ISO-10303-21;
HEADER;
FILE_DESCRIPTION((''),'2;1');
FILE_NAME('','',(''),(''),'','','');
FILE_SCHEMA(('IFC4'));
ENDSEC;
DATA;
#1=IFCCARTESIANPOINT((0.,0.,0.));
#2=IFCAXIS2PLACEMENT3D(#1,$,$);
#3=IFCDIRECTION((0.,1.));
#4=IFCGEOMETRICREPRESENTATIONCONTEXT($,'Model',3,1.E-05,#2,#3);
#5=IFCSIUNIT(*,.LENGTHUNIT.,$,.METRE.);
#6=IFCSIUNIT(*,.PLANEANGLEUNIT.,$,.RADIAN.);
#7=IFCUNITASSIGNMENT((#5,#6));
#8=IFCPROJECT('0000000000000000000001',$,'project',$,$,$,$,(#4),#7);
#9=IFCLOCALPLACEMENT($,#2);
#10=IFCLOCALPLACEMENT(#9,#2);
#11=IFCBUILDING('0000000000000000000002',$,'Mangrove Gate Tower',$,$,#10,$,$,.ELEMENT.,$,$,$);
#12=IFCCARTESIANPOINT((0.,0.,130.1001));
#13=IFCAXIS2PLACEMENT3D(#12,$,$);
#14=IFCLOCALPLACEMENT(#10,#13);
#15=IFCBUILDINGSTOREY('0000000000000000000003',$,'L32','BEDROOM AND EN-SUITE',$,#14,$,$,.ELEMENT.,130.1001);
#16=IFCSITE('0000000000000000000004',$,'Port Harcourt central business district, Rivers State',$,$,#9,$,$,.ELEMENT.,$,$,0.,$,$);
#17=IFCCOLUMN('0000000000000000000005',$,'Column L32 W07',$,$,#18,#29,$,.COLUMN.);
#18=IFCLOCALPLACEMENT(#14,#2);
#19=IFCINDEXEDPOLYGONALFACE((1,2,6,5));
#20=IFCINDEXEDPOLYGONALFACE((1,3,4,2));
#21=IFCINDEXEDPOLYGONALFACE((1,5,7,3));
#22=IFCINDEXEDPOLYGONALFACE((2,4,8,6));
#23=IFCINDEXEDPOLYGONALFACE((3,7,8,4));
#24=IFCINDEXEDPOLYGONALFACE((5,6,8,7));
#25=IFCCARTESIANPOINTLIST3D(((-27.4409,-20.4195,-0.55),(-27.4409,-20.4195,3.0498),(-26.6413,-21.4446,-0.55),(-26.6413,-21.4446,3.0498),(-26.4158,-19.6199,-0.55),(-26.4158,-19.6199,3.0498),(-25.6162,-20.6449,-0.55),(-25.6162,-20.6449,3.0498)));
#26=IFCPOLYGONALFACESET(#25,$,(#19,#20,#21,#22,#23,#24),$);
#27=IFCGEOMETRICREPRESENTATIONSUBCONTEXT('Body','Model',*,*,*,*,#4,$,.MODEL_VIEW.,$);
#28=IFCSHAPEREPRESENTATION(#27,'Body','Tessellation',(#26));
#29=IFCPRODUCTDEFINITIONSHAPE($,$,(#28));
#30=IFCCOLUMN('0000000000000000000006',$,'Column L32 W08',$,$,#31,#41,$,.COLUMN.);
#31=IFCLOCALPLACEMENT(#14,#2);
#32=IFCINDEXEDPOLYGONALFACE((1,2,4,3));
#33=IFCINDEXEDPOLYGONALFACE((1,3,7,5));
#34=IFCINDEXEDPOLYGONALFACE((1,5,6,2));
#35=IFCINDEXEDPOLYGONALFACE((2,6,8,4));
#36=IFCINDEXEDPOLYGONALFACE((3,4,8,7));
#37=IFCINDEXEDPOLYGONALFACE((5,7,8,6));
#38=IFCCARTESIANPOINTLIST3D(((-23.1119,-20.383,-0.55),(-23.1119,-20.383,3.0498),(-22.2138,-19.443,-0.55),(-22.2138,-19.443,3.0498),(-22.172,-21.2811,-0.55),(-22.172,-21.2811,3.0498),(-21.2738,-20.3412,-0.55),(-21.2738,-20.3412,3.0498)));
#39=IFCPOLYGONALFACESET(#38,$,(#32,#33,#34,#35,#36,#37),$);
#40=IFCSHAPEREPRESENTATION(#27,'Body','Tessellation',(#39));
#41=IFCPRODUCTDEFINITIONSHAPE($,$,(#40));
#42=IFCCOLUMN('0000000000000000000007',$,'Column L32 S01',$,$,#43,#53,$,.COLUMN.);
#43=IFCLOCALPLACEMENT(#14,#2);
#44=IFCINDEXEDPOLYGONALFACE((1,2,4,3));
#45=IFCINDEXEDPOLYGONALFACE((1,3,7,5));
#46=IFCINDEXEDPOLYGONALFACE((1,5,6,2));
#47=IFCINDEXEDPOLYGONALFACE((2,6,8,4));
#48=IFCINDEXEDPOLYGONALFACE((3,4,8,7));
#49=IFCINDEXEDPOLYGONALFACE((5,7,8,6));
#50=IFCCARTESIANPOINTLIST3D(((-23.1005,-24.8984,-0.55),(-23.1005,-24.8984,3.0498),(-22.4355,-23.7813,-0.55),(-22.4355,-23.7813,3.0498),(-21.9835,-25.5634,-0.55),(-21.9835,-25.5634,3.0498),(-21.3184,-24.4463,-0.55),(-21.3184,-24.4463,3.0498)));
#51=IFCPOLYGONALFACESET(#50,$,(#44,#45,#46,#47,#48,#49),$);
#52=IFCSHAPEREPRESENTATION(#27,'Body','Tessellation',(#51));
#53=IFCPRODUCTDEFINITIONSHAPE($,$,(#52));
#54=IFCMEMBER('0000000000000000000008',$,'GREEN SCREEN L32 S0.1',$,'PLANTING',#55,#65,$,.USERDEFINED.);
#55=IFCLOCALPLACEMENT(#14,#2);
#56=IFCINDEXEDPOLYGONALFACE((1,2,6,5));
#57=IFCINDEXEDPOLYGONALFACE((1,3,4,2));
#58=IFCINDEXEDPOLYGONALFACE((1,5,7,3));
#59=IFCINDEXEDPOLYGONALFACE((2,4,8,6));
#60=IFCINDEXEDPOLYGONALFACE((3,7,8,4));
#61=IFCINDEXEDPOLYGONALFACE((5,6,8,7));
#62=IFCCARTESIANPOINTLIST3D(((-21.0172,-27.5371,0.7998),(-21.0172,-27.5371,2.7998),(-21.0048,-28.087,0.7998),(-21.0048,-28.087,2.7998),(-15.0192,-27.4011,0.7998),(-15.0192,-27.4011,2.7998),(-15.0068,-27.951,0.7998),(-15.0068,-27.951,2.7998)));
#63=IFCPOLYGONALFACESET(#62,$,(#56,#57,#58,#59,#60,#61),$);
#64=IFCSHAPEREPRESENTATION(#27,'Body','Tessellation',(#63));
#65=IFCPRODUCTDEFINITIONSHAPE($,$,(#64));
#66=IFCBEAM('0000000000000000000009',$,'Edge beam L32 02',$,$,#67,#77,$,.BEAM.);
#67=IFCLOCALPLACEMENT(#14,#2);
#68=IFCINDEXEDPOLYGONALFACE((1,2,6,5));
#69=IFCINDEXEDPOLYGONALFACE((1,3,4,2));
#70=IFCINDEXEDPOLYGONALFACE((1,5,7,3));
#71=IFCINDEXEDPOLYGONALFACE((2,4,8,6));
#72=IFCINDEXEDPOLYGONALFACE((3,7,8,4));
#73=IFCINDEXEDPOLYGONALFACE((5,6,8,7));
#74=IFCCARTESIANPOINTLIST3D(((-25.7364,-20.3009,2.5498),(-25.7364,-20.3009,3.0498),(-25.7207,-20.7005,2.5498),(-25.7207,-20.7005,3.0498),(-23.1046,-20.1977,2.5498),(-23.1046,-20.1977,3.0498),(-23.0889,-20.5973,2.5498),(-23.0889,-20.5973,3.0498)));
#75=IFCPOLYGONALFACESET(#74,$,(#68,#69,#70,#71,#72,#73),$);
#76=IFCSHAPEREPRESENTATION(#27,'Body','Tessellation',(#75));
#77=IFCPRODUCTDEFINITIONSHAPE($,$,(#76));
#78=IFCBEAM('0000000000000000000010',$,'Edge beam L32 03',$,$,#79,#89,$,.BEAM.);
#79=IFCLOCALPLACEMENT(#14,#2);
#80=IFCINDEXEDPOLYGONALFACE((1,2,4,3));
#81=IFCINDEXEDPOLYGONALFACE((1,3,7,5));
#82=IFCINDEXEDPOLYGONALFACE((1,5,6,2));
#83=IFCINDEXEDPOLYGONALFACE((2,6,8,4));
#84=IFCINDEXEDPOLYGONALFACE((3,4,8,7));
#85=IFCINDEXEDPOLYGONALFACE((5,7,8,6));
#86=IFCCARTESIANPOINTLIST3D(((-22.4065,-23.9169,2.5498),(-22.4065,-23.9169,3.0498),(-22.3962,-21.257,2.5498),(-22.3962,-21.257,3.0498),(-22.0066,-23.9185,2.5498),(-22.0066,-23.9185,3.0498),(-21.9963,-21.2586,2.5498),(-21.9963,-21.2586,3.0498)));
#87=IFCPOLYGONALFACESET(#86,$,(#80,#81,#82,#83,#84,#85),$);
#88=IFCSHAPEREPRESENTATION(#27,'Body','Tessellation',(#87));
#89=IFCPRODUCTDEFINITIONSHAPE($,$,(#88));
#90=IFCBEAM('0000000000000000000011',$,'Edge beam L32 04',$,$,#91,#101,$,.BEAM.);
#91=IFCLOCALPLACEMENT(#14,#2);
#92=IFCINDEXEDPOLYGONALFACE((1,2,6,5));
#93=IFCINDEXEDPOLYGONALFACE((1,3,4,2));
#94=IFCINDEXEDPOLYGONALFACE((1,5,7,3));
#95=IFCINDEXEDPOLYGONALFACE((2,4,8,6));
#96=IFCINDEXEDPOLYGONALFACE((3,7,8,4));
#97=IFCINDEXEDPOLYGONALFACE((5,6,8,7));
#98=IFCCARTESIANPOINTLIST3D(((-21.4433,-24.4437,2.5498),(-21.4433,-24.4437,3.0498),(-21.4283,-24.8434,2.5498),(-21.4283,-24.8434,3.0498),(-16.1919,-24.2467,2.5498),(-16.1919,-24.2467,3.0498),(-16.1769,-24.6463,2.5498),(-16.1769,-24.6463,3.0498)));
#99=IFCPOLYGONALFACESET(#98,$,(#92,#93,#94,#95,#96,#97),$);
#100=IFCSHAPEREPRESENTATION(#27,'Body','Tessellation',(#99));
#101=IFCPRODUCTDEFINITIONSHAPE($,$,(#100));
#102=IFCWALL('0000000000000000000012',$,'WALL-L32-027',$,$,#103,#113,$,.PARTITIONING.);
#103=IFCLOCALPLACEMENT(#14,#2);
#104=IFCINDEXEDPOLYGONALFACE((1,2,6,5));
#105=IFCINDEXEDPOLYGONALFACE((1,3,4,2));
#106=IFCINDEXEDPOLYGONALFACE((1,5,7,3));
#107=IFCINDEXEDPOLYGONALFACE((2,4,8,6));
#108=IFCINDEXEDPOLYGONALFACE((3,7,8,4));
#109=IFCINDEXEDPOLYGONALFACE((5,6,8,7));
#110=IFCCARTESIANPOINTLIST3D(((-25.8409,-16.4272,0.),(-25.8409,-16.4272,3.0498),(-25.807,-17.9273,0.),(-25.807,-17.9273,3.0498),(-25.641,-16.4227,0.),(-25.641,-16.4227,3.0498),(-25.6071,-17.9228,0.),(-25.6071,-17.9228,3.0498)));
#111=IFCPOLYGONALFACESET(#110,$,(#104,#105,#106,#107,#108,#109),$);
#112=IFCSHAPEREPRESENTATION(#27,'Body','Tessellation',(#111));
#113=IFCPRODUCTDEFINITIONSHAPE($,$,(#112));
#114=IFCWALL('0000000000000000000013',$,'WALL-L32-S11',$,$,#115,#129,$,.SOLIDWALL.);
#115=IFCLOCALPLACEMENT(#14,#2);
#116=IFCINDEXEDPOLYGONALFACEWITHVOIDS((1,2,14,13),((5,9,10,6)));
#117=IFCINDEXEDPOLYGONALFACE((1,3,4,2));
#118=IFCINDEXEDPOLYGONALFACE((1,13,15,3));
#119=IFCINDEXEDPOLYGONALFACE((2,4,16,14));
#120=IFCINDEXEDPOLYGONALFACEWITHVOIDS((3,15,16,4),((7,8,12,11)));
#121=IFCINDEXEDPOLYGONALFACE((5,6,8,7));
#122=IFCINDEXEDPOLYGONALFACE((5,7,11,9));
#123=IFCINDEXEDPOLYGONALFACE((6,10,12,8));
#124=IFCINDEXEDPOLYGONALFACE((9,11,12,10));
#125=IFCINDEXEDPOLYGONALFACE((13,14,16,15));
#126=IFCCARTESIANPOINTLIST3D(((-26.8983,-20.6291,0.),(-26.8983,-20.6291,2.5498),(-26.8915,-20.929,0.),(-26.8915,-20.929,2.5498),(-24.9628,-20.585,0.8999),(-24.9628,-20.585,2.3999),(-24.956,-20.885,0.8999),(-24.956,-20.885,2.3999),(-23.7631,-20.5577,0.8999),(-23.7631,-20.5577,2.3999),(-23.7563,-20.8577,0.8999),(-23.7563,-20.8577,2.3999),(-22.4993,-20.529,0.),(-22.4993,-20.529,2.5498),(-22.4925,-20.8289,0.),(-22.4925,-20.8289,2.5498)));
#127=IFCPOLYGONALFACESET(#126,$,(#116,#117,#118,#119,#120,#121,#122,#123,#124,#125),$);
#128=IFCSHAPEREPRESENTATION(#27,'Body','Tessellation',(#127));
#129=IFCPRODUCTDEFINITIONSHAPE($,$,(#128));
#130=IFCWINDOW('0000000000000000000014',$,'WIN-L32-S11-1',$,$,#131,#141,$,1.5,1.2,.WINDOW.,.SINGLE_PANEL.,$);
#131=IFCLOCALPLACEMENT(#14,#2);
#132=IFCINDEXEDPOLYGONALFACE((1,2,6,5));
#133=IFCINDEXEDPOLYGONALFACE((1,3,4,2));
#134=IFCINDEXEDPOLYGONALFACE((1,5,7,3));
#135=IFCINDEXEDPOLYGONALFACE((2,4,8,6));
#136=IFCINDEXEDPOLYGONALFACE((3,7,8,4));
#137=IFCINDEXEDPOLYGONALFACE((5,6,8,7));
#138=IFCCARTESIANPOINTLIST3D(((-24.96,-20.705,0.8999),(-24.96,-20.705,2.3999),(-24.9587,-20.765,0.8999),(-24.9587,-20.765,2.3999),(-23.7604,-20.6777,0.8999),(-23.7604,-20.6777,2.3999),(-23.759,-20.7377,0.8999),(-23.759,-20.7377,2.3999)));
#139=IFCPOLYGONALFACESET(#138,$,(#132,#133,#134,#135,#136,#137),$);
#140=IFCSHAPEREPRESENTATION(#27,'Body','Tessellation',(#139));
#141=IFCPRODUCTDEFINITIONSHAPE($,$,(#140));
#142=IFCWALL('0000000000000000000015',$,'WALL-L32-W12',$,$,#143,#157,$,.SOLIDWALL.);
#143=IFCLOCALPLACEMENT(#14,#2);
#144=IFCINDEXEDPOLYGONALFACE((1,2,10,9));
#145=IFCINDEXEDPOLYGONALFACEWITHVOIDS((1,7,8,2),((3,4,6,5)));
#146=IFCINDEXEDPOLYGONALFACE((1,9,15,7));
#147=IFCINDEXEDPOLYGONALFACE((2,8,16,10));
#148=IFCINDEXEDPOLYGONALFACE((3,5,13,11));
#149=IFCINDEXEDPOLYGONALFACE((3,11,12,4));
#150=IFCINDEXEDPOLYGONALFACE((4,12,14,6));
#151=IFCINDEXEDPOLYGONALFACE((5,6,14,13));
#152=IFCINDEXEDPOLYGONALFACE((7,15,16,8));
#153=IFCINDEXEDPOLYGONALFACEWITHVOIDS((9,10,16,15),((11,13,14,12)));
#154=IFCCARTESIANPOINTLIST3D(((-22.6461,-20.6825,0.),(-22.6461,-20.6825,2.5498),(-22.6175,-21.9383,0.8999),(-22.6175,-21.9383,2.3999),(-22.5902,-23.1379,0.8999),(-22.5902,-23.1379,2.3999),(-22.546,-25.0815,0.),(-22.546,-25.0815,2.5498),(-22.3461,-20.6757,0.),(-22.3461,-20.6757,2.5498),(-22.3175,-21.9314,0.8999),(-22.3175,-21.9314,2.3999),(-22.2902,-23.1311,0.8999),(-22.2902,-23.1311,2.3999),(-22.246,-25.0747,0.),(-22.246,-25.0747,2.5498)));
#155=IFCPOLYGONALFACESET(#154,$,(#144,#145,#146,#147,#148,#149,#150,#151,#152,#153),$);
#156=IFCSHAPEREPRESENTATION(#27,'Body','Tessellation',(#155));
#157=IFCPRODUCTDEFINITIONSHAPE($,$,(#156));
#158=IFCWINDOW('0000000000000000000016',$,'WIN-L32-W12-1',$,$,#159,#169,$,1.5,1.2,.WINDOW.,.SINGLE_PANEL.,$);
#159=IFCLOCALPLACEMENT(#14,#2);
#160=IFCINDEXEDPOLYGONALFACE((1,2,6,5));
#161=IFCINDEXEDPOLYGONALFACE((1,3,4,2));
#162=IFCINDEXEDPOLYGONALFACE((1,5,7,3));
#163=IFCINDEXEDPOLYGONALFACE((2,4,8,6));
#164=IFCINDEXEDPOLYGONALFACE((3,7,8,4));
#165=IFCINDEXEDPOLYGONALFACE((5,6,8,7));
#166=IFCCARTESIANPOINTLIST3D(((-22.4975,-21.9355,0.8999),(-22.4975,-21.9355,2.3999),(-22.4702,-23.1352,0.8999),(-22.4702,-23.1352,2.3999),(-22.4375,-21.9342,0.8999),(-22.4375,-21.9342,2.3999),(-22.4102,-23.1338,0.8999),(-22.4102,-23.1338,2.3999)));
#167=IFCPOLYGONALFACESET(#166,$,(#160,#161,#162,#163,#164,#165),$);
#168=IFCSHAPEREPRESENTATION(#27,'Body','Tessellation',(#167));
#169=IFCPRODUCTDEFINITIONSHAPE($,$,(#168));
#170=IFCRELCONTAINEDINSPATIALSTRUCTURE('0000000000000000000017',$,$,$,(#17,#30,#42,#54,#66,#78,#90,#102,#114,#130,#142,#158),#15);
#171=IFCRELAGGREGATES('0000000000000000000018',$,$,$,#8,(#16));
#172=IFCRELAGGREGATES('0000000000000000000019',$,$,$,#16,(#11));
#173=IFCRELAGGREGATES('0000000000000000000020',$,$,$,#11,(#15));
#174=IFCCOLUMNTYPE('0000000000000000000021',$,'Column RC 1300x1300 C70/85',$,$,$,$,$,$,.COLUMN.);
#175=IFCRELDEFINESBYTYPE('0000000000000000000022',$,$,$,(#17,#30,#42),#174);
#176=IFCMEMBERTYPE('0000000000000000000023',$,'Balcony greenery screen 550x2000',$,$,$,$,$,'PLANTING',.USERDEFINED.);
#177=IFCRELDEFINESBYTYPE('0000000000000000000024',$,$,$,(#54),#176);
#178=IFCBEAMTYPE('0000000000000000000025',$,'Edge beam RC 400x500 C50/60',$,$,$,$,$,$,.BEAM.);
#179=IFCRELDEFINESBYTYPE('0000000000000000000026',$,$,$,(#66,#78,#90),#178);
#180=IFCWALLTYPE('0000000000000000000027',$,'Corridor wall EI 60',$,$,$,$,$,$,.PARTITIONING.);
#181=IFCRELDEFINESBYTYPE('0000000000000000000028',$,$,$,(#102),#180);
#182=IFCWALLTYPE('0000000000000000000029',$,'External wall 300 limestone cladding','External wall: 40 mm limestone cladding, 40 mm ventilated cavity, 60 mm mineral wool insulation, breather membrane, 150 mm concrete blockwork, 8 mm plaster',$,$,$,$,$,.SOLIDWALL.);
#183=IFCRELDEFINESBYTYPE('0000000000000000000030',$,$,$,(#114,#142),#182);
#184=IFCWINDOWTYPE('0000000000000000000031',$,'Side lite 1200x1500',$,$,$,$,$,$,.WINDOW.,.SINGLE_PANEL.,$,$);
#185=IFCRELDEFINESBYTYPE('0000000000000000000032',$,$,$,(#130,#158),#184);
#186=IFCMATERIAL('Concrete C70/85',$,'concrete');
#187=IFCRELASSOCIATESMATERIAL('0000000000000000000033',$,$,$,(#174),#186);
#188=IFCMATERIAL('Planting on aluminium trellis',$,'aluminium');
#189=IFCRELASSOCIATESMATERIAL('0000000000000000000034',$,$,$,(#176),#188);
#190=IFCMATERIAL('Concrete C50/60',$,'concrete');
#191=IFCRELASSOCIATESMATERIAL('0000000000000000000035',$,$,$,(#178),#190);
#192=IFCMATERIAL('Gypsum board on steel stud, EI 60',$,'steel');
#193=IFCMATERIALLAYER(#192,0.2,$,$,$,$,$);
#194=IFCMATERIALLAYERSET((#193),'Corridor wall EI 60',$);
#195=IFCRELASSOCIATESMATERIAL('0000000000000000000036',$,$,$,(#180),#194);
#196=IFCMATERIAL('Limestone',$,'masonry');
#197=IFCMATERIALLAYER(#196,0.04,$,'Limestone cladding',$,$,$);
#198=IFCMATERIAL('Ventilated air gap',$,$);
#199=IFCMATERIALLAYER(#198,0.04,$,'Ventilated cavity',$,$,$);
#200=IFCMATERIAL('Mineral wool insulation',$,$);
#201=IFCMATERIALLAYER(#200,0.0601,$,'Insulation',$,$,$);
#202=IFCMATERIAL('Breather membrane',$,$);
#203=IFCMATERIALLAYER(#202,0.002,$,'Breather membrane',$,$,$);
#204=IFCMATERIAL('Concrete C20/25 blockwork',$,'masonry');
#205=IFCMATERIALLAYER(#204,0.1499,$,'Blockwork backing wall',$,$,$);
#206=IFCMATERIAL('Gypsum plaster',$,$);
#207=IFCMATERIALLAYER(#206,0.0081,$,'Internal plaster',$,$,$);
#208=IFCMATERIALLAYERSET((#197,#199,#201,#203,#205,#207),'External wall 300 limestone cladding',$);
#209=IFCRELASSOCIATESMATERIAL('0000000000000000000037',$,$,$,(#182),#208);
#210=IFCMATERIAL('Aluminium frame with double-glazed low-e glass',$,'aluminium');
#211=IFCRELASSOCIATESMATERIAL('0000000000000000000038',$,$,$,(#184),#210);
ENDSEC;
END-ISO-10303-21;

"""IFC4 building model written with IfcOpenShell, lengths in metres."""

from ifc_helpers import new_model, si_unit, direction, frame, frame_2d, origin, origin_2d, place, context, subcontext, project, spatial, rectangle, extrude, material, layer, layer_set, material_profile, profile_set, type_object, element, fill, save


model = new_model("IFC4")

# Units and contexts
model_context = context("Model", 3, precision=1e-05, world=origin(), true_north=direction((0.0, 1.0)))
body_context = subcontext(model_context, "Body", "Model", "MODEL_VIEW")
ifc_project = project(units=[si_unit("LENGTHUNIT", "METRE"), si_unit("PLANEANGLEUNIT", "RADIAN")], contexts=[model_context])

# Site, building, storey
site_placement = place(None, origin())
site = spatial("IfcSite", under=ifc_project, at=site_placement, Name="Port Harcourt central business district, Rivers State", CompositionType="ELEMENT", RefElevation=0.0)
building_placement = place(site_placement, origin())
building = spatial("IfcBuilding", under=site, at=building_placement, Name="Mangrove Gate Tower", CompositionType="ELEMENT")
storey_placement = place(building_placement, frame((0.0, 0.0, 130.1001)))
storey = spatial("IfcBuildingStorey", under=building, at=storey_placement, Name="L32", Description="BEDROOM AND EN-SUITE", CompositionType="ELEMENT", Elevation=130.1001)

# Columns
ifc_material_1 = material(Name="Concrete C70/85", Category="concrete")
ifc_material_profile_1 = material_profile(ifc_material_1, rectangle(XDim=1.3, YDim=1.3, at=origin_2d()))
ifc_profile_set_1 = profile_set([ifc_material_profile_1], Name="Concrete C70/85")
column_type = type_object("IfcColumnType", Name="Column RC 1300x1300 C70/85", PredefinedType="COLUMN", material=ifc_profile_set_1)
for number, where, z_axis, x_axis, name in (
    (1, (-26.5286, -20.5322, -0.55), (0.0, 0.0, 1.0), (0.615067, -0.788475, 0.0), "Column L32 W07"),
    (2, (-22.1929, -20.3621, -0.55), (0.0, 0.0, 1.0), (0.722994, -0.690854, 0.0), "Column L32 W08"),
    (3, (-22.2095, -24.6724, -0.55), (0.0, 0.0, 1.0), (0.859255, -0.511547, 0.0), "Column L32 S01"),
):
    element("IfcColumn", number, at=place(storey_placement, frame(where, z_axis=z_axis, x_axis=x_axis)), inside=storey, type_object=column_type, Name=name, PredefinedType="COLUMN", context=body_context, shape_type="SweptSolid", body=[
        extrude(rectangle(XDim=1.3, YDim=1.3, at=origin_2d()), origin(), (0.0, 0.0, 1.0), 3.5999),
    ])

# Member
ifc_material_2 = material(Name="Planting on aluminium trellis", Category="aluminium")
ifc_material_profile_2 = material_profile(ifc_material_2, rectangle(XDim=0.55, YDim=2.0, at=origin_2d()))
ifc_profile_set_2 = profile_set([ifc_material_profile_2], Name="Planting on aluminium trellis")
member_type = type_object("IfcMemberType", Name="Balcony greenery screen 550x2000", ElementType="PLANTING", PredefinedType="USERDEFINED", material=ifc_profile_set_2)
member_placement = place(storey_placement, frame((-21.011, -27.812, 1.7998), z_axis=(0.999743, 0.022666, 0.0), x_axis=(-0.022666, 0.999743, 0.0)))
element("IfcMember", 4, at=member_placement, inside=storey, type_object=member_type, Name="GREEN SCREEN L32 S0.1", ObjectType="PLANTING", PredefinedType="USERDEFINED", context=body_context, shape_type="SweptSolid", body=[
    extrude(rectangle(XDim=0.55, YDim=2.0, at=origin_2d()), origin(), (0.0, 0.0, 1.0), 5.9995),
])

# Beams
ifc_material_3 = material(Name="Concrete C50/60", Category="concrete")
ifc_material_profile_3 = material_profile(ifc_material_3, rectangle(XDim=0.3999, YDim=0.5, at=origin_2d()))
ifc_profile_set_3 = profile_set([ifc_material_profile_3], Name="Concrete C50/60")
beam_type = type_object("IfcBeamType", Name="Edge beam RC 400x500 C50/60", PredefinedType="BEAM", material=ifc_profile_set_3)
beam_1_placement = place(storey_placement, frame((-25.7285, -20.5007, 2.7998), z_axis=(0.999231, 0.039209, 0.0), x_axis=(-0.039209, 0.999231, 0.0)))
element("IfcBeam", 5, at=beam_1_placement, inside=storey, type_object=beam_type, Name="Edge beam L32 02", PredefinedType="BEAM", context=body_context, shape_type="SweptSolid", body=[
    extrude(rectangle(XDim=0.3999, YDim=0.5, at=origin_2d()), origin(), (0.0, 0.0, 1.0), 2.6338),
])
beam_2_placement = place(storey_placement, frame((-22.1963, -21.2578, 2.7998), z_axis=(-0.003855, -0.999993, 0.0), x_axis=(0.999993, -0.003855, 0.0)))
element("IfcBeam", 6, at=beam_2_placement, inside=storey, type_object=beam_type, Name="Edge beam L32 03", PredefinedType="BEAM", context=body_context, shape_type="SweptSolid", body=[
    extrude(rectangle(XDim=0.3999, YDim=0.5, at=origin_2d()), origin(), (0.0, 0.0, 1.0), 2.6599),
])
beam_3_placement = place(storey_placement, frame((-21.4358, -24.6436, 2.7998), z_axis=(0.999297, 0.037491, 0.0), x_axis=(-0.037491, 0.999297, 0.0)))
element("IfcBeam", 7, at=beam_3_placement, inside=storey, type_object=beam_type, Name="Edge beam L32 04", PredefinedType="BEAM", context=body_context, shape_type="SweptSolid", body=[
    extrude(rectangle(XDim=0.3999, YDim=0.5, at=origin_2d()), origin(), (0.0, 0.0, 1.0), 5.2551),
])

# Wall
ifc_material_4 = material(Name="Gypsum board on steel stud, EI 60", Category="steel")
ifc_layer_1 = layer(ifc_material_4, 0.2)
ifc_layer_set_1 = layer_set([ifc_layer_1], Name="Corridor wall EI 60")
wall_type_1 = type_object("IfcWallType", Name="Corridor wall EI 60", PredefinedType="PARTITIONING", material=ifc_layer_set_1)
wall_1_placement = place(storey_placement, frame((-25.707, -17.925, 0.0), z_axis=(0.0, 0.0, 1.0), x_axis=(-0.022618, 0.999744, 0.0)))
element("IfcWall", 8, at=wall_1_placement, inside=storey, type_object=wall_type_1, Name="WALL-L32-027", PredefinedType="PARTITIONING", context=body_context, shape_type="SweptSolid", body=[
    extrude(rectangle(XDim=1.5005, YDim=0.2, at=frame_2d((0.7502, 0.0))), origin(), (0.0, 0.0, 1.0), 3.0498),
])

# Walls, openings, windows
ifc_material_5 = material(Name="Limestone", Category="masonry")
ifc_layer_2 = layer(ifc_material_5, 0.04, Name="Limestone cladding")
ifc_material_6 = material(Name="Ventilated air gap")
ifc_layer_3 = layer(ifc_material_6, 0.04, Name="Ventilated cavity")
ifc_material_7 = material(Name="Mineral wool insulation")
ifc_layer_4 = layer(ifc_material_7, 0.0601, Name="Insulation")
ifc_material_8 = material(Name="Breather membrane")
ifc_layer_5 = layer(ifc_material_8, 0.002, Name="Breather membrane")
ifc_material_9 = material(Name="Concrete C20/25 blockwork", Category="masonry")
ifc_layer_6 = layer(ifc_material_9, 0.1499, Name="Blockwork backing wall")
ifc_material_10 = material(Name="Gypsum plaster")
ifc_layer_7 = layer(ifc_material_10, 0.0081, Name="Internal plaster")
ifc_layer_set_2 = layer_set([ifc_layer_2, ifc_layer_3, ifc_layer_4, ifc_layer_5, ifc_layer_6, ifc_layer_7], Name="External wall 300 limestone cladding")
wall_type_2 = type_object("IfcWallType", Name="External wall 300 limestone cladding", Description="External wall: 40 mm limestone cladding, 40 mm ventilated cavity, 60 mm mineral wool insulation, breather membrane, 150 mm concrete blockwork, 8 mm plaster", PredefinedType="SOLIDWALL", material=ifc_layer_set_2)
wall_2_placement = place(storey_placement, frame((-26.895, -20.7791, 0.0), z_axis=(0.0, 0.0, 1.0), x_axis=(0.999741, 0.022749, 0.0)))
wall_2 = element("IfcWall", 9, at=wall_2_placement, inside=storey, type_object=wall_type_2, Name="WALL-L32-S11", PredefinedType="SOLIDWALL", context=body_context, shape_type="SweptSolid", body=[
    extrude(rectangle(XDim=4.4001, YDim=0.3, at=frame_2d((2.2002, 0.0))), origin(), (0.0, 0.0, 1.0), 2.5498),
])
opening_1_placement = place(wall_2_placement, frame((1.936, 0.0, 0.8999)))
opening_1 = element("IfcOpeningElement", 10, at=opening_1_placement, cuts=wall_2, PredefinedType="OPENING", context=body_context, shape_type="SweptSolid", body=[
    extrude(rectangle(XDim=1.2, YDim=1.5, at=frame_2d((0.6001, 0.75))), frame((0.0, 0.1599, 0.0), z_axis=(0.0, -1.0, 0.0), x_axis=(1.0, 0.0, 0.0)), (0.0, 0.0, 1.0), 0.3201),
])
ifc_material_11 = material(Name="Aluminium frame with double-glazed low-e glass", Category="aluminium")
window_type_1 = type_object("IfcWindowType", Name="Side lite 1200x1500", PartitioningType="SINGLE_PANEL", PredefinedType="WINDOW", material=ifc_material_11)
window_1_placement = place(opening_1_placement, origin())
window_1 = element("IfcWindow", 11, at=window_1_placement, inside=storey, type_object=window_type_1, Name="WIN-L32-S11-1", OverallHeight=1.5, OverallWidth=1.2, PartitioningType="SINGLE_PANEL", PredefinedType="WINDOW", context=body_context, shape_type="SweptSolid", body=[
    extrude(rectangle(XDim=1.2, YDim=1.5, at=frame_2d((0.6001, 0.75))), frame((0.0, 0.03, 0.0), z_axis=(0.0, -1.0, 0.0), x_axis=(1.0, 0.0, 0.0)), (0.0, 0.0, 1.0), 0.0601),
])
fill(opening_1, window_1)
wall_3_placement = place(storey_placement, frame((-22.4961, -20.679, 0.0), z_axis=(0.0, 0.0, 1.0), x_axis=(0.022749, -0.999741, 0.0)))
wall_3 = element("IfcWall", 12, at=wall_3_placement, inside=storey, type_object=wall_type_2, Name="WALL-L32-W12", PredefinedType="SOLIDWALL", context=body_context, shape_type="SweptSolid", body=[
    extrude(rectangle(XDim=4.4001, YDim=0.3, at=frame_2d((2.2002, 0.0))), origin(), (0.0, 0.0, 1.0), 2.5498),
])
opening_2_placement = place(wall_3_placement, frame((1.2561, 0.0, 0.8999)))
opening_2 = element("IfcOpeningElement", 13, at=opening_2_placement, cuts=wall_3, PredefinedType="OPENING", context=body_context, shape_type="SweptSolid", body=[
    extrude(rectangle(XDim=1.2, YDim=1.5, at=frame_2d((0.6001, 0.75))), frame((0.0, 0.1599, 0.0), z_axis=(0.0, -1.0, 0.0), x_axis=(1.0, 0.0, 0.0)), (0.0, 0.0, 1.0), 0.3201),
])
window_2_placement = place(opening_2_placement, origin())
window_2 = element("IfcWindow", 14, at=window_2_placement, inside=storey, type_object=window_type_1, Name="WIN-L32-W12-1", OverallHeight=1.5, OverallWidth=1.2, PartitioningType="SINGLE_PANEL", PredefinedType="WINDOW", context=body_context, shape_type="SweptSolid", body=[
    extrude(rectangle(XDim=1.2, YDim=1.5, at=frame_2d((0.6001, 0.75))), frame((0.0, 0.03, 0.0), z_axis=(0.0, -1.0, 0.0), x_axis=(1.0, 0.0, 0.0)), (0.0, 0.0, 1.0), 0.0601),
])
fill(opening_2, window_2)

save(model, "model.ifc")
